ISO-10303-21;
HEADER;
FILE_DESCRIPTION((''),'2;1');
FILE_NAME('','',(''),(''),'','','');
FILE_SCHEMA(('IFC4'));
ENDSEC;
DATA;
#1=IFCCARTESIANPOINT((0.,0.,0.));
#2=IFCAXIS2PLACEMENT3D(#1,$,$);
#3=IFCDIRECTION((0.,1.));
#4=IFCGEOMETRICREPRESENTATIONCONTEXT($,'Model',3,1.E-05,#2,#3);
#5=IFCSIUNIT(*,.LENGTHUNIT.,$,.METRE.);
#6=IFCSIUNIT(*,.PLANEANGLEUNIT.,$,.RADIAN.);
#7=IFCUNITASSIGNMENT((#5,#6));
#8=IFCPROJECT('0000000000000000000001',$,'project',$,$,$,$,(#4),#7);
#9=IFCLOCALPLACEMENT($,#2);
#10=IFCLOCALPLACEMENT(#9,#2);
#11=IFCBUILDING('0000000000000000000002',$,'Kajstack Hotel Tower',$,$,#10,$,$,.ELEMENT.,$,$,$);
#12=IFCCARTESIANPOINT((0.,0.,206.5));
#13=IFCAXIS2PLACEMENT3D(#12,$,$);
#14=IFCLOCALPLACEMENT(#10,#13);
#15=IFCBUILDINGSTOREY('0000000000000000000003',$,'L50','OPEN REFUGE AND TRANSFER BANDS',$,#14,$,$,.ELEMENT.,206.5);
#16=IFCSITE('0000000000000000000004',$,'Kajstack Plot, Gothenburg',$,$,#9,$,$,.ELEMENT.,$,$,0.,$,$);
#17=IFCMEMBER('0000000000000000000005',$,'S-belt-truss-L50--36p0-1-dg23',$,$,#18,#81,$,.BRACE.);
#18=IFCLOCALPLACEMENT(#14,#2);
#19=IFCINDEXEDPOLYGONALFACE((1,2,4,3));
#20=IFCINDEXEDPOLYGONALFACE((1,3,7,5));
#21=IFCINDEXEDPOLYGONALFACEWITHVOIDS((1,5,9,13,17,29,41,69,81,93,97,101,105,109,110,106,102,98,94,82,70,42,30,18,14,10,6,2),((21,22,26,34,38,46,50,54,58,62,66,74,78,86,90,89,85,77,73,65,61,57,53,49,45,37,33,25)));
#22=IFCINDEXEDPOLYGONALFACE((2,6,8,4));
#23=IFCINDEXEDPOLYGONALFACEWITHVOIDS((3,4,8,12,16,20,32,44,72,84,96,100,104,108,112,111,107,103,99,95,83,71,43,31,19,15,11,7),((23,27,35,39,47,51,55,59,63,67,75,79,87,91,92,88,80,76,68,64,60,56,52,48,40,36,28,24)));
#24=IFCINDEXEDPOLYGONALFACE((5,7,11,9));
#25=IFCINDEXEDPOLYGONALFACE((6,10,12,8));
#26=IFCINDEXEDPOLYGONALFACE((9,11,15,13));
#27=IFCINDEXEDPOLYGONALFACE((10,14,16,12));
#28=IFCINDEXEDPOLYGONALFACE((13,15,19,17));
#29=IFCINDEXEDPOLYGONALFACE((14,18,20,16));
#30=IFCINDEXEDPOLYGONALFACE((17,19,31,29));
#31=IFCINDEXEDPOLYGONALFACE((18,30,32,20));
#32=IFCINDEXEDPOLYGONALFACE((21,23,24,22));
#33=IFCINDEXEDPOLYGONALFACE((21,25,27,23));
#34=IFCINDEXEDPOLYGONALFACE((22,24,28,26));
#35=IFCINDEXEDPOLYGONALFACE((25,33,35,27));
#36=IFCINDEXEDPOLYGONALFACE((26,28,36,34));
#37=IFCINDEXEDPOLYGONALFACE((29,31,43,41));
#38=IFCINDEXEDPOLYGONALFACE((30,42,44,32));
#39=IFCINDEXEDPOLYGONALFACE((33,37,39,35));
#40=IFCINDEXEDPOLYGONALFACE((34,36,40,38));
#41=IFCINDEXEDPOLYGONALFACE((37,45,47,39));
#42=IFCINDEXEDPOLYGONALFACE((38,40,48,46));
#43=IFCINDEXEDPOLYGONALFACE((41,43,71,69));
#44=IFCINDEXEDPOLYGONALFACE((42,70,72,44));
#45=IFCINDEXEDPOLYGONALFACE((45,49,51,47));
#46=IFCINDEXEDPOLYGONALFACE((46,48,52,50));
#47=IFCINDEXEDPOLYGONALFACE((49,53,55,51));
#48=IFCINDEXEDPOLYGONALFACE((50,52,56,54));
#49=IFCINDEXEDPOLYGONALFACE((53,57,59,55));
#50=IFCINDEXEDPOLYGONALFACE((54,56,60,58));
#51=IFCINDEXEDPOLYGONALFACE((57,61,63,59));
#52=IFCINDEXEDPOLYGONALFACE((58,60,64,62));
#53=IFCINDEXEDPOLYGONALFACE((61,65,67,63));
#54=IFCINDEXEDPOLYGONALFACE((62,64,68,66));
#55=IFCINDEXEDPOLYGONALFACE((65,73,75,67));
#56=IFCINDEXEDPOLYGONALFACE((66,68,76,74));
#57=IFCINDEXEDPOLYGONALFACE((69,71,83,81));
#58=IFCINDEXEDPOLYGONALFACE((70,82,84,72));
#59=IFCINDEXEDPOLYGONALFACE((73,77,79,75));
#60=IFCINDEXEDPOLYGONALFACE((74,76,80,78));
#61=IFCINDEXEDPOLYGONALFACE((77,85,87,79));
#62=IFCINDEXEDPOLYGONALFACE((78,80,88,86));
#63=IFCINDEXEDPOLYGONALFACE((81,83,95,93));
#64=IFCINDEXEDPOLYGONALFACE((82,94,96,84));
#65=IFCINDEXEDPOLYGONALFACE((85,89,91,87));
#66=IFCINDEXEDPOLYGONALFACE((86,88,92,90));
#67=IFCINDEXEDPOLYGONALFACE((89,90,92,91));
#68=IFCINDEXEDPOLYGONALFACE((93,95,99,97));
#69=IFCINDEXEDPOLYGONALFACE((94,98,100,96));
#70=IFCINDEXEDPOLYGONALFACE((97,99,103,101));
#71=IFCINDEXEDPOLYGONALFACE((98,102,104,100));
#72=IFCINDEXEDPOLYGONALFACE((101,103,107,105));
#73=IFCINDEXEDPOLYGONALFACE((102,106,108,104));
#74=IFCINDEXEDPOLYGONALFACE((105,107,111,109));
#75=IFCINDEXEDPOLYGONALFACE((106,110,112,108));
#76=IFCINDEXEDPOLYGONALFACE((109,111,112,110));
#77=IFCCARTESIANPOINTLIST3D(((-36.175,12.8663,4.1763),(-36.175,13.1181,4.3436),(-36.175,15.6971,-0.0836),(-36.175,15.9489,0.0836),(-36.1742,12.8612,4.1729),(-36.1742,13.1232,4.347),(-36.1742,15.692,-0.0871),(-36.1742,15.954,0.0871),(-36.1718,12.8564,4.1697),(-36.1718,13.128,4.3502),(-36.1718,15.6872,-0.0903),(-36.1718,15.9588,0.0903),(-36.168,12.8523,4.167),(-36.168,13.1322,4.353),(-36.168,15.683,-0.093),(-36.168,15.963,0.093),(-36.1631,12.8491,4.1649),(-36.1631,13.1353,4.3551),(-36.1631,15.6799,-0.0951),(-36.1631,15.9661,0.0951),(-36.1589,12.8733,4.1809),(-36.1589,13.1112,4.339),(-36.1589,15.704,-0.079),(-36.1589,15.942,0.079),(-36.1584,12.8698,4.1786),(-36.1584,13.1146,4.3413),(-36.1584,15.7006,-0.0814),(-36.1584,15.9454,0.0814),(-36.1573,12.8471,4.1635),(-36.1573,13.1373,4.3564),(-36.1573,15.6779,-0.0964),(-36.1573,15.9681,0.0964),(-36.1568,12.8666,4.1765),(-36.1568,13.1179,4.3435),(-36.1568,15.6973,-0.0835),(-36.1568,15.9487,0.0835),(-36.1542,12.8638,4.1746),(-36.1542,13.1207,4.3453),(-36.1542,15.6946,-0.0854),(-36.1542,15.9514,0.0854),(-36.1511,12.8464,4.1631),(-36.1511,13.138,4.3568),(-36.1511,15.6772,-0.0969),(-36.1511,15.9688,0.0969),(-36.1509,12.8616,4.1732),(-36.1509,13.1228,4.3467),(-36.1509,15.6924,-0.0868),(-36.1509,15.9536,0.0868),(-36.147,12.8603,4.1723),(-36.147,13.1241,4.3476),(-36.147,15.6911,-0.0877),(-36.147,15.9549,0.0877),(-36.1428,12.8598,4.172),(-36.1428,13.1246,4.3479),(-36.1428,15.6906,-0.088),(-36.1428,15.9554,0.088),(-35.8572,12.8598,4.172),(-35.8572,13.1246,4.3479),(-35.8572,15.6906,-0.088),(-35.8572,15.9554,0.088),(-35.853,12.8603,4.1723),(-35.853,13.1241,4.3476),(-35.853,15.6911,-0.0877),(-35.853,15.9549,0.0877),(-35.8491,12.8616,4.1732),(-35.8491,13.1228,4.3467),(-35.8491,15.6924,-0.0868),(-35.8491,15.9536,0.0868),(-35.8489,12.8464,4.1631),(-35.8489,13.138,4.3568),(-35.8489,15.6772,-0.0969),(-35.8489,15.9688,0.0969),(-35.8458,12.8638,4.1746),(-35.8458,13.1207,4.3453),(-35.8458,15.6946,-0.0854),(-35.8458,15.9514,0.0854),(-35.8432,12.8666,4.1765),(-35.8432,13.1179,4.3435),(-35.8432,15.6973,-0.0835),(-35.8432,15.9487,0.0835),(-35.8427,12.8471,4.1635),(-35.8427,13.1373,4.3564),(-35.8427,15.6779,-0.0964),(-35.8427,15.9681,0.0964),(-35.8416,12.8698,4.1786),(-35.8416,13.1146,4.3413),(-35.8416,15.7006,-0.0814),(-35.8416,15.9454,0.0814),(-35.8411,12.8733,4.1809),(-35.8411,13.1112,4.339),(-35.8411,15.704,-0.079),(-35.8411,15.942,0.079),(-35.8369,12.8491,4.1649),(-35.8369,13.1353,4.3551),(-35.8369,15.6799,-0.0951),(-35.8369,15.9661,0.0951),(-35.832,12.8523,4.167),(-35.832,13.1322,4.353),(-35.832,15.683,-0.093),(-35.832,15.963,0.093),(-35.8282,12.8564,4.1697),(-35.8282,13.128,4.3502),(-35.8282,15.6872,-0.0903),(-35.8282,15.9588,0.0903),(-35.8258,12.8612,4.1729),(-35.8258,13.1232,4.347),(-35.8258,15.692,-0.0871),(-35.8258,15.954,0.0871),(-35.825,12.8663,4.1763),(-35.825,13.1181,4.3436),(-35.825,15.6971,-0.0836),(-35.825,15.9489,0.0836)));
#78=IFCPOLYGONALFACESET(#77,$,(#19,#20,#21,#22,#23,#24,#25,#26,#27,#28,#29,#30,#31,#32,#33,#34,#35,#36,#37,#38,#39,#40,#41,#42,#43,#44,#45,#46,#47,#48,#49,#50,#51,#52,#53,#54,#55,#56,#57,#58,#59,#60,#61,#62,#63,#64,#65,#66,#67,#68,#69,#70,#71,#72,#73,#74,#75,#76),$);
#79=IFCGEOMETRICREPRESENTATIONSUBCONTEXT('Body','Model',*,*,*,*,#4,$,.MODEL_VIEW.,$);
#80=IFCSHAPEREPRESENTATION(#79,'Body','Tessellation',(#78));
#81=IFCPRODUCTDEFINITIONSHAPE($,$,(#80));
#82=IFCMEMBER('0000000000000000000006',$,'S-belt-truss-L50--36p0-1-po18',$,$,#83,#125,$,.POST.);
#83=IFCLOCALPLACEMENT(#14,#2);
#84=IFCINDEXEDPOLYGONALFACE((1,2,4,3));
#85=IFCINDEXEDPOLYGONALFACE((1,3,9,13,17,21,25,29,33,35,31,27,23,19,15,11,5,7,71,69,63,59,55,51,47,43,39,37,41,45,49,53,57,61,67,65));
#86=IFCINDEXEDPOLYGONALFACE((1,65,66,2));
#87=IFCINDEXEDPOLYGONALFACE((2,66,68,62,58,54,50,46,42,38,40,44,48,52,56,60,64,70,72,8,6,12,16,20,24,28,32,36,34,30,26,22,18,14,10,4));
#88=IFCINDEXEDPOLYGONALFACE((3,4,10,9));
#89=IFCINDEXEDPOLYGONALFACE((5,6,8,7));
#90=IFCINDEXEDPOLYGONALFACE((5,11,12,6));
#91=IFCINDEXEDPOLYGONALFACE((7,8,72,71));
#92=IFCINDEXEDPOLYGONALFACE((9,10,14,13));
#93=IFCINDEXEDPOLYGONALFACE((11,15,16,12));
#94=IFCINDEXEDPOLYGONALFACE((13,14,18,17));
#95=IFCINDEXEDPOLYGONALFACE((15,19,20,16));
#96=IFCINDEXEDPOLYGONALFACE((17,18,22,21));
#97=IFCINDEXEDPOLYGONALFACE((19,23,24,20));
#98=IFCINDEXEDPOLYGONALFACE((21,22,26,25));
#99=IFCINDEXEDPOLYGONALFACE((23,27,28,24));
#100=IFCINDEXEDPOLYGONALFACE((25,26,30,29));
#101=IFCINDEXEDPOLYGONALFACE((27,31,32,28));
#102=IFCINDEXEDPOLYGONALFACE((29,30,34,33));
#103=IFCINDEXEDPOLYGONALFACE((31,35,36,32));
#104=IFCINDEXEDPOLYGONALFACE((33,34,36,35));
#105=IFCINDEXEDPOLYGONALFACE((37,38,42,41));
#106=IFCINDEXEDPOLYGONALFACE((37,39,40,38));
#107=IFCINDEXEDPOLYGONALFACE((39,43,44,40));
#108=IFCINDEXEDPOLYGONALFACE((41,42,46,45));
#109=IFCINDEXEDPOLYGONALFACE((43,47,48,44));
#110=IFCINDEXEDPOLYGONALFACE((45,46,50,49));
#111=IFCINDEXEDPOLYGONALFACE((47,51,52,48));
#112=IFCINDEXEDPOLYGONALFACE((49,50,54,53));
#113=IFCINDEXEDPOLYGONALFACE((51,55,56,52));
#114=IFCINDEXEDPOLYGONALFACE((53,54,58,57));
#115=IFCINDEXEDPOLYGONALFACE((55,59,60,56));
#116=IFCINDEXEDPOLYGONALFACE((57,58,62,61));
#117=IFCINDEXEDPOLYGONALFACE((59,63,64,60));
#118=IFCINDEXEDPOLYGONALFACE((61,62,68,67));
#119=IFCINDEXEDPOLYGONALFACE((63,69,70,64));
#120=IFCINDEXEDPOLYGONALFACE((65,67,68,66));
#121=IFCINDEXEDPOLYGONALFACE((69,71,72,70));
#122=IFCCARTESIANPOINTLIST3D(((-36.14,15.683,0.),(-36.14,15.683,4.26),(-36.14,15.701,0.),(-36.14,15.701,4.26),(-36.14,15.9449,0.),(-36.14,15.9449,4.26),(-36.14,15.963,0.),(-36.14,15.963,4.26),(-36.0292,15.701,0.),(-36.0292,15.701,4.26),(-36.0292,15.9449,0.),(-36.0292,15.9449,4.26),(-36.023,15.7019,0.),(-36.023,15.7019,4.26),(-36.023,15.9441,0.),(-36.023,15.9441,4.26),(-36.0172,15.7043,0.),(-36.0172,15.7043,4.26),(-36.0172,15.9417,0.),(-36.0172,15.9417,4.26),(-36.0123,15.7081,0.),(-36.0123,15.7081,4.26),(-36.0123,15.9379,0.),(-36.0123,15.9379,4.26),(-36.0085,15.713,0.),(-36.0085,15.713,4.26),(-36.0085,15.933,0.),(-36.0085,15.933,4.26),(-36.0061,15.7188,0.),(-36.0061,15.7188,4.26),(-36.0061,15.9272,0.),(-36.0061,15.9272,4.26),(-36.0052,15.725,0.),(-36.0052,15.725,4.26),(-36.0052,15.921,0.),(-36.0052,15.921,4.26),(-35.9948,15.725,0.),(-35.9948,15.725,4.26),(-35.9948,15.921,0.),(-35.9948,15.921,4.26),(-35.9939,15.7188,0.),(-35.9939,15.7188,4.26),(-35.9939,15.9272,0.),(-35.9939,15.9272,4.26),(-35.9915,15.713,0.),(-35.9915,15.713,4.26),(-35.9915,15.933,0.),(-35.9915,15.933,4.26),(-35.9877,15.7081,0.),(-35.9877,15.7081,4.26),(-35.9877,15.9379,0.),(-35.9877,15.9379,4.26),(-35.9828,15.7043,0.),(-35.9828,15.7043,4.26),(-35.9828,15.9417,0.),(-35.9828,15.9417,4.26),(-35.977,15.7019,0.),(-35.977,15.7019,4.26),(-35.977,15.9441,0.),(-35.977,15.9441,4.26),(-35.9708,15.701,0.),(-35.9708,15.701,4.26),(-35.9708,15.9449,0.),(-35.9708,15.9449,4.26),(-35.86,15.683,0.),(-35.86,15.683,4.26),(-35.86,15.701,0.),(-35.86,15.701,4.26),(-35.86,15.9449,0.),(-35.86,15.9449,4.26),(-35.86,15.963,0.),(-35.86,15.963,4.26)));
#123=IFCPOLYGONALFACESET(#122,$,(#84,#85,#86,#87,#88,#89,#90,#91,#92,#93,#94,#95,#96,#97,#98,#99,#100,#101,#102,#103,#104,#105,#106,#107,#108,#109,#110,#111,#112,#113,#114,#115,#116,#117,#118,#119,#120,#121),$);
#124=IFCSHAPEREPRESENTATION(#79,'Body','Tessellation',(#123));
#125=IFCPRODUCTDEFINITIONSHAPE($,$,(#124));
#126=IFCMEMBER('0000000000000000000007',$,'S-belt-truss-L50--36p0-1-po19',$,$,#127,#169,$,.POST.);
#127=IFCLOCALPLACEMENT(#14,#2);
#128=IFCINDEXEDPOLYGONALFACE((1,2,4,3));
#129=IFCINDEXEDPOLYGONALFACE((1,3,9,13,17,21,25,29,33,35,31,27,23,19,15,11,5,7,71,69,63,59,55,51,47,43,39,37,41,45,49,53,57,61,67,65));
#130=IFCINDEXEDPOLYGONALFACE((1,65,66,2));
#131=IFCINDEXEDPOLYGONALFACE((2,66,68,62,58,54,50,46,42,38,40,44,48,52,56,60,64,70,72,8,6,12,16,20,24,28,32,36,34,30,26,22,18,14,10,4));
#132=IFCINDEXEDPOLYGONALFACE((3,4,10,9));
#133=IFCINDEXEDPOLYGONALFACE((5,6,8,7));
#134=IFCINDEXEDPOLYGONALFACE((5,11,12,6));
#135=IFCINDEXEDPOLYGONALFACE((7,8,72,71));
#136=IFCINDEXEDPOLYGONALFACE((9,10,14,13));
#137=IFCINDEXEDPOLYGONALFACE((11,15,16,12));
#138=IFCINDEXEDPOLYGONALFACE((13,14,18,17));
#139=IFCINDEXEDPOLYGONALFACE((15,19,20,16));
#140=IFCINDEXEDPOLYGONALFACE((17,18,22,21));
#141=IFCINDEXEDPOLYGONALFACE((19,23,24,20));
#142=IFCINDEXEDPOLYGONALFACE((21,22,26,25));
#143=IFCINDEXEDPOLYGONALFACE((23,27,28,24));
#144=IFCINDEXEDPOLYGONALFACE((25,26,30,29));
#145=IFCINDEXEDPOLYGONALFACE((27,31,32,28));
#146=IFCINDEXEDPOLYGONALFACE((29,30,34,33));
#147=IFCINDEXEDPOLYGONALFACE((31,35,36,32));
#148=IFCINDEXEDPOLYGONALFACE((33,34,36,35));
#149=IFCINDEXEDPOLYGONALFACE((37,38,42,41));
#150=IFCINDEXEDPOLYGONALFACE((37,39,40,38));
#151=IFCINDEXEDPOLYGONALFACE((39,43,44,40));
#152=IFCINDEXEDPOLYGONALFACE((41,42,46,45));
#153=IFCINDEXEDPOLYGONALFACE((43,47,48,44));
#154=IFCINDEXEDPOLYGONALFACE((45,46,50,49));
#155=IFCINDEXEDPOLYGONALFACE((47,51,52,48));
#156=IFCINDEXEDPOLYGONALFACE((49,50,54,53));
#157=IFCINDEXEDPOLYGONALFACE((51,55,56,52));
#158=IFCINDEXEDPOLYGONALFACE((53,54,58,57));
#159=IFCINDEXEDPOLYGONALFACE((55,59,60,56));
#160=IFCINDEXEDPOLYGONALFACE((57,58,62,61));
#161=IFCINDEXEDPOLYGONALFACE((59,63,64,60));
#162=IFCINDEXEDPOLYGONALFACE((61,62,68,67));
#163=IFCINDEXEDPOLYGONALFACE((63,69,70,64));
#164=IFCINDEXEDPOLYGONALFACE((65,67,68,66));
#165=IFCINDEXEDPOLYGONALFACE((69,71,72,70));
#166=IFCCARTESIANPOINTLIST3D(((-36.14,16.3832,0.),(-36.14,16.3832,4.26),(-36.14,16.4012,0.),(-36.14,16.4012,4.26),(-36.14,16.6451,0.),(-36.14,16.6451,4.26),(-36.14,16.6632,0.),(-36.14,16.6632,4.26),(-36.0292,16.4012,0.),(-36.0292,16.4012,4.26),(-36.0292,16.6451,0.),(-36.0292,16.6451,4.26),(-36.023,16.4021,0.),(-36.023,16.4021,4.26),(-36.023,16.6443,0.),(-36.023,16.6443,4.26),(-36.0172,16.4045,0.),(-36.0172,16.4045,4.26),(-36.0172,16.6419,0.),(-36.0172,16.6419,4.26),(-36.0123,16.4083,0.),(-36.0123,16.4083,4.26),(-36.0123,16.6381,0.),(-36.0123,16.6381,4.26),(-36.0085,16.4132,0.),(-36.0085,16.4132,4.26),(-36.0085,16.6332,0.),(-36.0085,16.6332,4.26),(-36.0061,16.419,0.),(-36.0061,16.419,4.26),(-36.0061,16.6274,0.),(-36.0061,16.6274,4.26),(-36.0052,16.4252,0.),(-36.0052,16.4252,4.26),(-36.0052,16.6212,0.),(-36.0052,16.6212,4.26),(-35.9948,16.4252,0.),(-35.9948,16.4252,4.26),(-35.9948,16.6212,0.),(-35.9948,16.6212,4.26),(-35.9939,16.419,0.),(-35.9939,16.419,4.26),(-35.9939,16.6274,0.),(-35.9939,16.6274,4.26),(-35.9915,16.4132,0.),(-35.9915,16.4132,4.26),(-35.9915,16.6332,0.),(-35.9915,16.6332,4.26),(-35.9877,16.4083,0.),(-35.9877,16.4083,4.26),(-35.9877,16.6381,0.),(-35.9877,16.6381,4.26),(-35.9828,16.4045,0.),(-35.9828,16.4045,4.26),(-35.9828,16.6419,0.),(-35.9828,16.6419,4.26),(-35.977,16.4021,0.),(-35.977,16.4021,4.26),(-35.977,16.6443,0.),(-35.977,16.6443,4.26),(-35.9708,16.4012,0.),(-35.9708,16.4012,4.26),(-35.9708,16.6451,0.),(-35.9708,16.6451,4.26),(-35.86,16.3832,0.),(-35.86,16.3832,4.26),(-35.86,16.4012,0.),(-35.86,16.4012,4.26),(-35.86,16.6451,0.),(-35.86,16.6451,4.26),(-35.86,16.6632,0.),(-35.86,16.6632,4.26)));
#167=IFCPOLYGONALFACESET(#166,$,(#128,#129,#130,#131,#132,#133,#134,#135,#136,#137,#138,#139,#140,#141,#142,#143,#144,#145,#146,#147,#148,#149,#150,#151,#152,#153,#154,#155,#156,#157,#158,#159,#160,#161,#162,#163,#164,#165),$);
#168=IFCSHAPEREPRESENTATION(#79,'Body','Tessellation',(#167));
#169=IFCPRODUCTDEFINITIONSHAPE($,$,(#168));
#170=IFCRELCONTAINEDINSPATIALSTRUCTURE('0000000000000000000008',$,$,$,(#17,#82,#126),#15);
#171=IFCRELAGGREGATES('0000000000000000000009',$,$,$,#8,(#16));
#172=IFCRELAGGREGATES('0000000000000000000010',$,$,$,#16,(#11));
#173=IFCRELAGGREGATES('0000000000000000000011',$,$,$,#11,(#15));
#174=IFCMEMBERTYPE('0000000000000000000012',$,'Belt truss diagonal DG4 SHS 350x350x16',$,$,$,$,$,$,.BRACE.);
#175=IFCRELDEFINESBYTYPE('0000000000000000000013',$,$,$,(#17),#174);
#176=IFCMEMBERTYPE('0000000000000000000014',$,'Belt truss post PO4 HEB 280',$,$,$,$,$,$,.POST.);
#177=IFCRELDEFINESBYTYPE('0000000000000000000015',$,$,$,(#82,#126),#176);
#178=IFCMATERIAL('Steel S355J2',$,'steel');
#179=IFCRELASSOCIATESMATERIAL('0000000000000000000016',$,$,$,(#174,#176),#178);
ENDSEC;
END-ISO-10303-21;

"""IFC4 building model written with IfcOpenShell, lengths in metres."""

from ifc_helpers import new_model, si_unit, direction, frame, origin, origin_2d, place, context, subcontext, project, spatial, hollow_rectangle, i_section, extrude, material, material_profile, profile_set, type_object, element, save


model = new_model("IFC4")

# Units and contexts
model_context = context("Model", 3, precision=1e-05, world=origin(), true_north=direction((0.0, 1.0)))
body_context = subcontext(model_context, "Body", "Model", "MODEL_VIEW")
ifc_project = project(units=[si_unit("LENGTHUNIT", "METRE"), si_unit("PLANEANGLEUNIT", "RADIAN")], contexts=[model_context])

# Site, building, storey
site_placement = place(None, origin())
site = spatial("IfcSite", under=ifc_project, at=site_placement, Name="Kajstack Plot, Gothenburg", CompositionType="ELEMENT", RefElevation=0.0)
building_placement = place(site_placement, origin())
building = spatial("IfcBuilding", under=site, at=building_placement, Name="Kajstack Hotel Tower", CompositionType="ELEMENT")
storey_placement = place(building_placement, frame((0.0, 0.0, 206.5)))
storey = spatial("IfcBuildingStorey", under=building, at=storey_placement, Name="L50", Description="OPEN REFUGE AND TRANSFER BANDS", CompositionType="ELEMENT", Elevation=206.5)

# Members
ifc_material = material(Name="Steel S355J2", Category="steel")
ifc_material_profile_1 = material_profile(ifc_material, hollow_rectangle(XDim=0.3501, YDim=0.3501, WallThickness=0.0161, InnerFilletRadius=0.0161, OuterFilletRadius=0.0239, at=origin_2d()), Name="SHS 350x350x16")
ifc_profile_set_1 = profile_set([ifc_material_profile_1], Name="Steel S355J2")
member_type_1 = type_object("IfcMemberType", Name="Belt truss diagonal DG4 SHS 350x350x16", PredefinedType="BRACE", material=ifc_profile_set_1)
member_1_placement = place(storey_placement, frame((-36.0, 15.823, 0.0), z_axis=(0.0, -0.553455, 0.832879), x_axis=(1.0, 0.0, 0.0)))
element("IfcMember", 1, at=member_1_placement, inside=storey, type_object=member_type_1, Name="S-belt-truss-L50--36p0-1-dg23", PredefinedType="BRACE", context=body_context, shape_type="SweptSolid", body=[
    extrude(hollow_rectangle(XDim=0.3501, YDim=0.3501, WallThickness=0.0161, InnerFilletRadius=0.0161, OuterFilletRadius=0.0239, at=origin_2d()), origin(), (0.0, 0.0, 1.0), 5.1147),
])
ifc_material_profile_2 = material_profile(ifc_material, i_section(OverallWidth=0.28, OverallDepth=0.28, WebThickness=0.0105, FlangeThickness=0.0181, FilletRadius=0.0239, at=origin_2d()), Name="HEB 280")
ifc_profile_set_2 = profile_set([ifc_material_profile_2], Name="Steel S355J2")
member_type_2 = type_object("IfcMemberType", Name="Belt truss post PO4 HEB 280", PredefinedType="POST", material=ifc_profile_set_2)
for number, where, z_axis, x_axis, name in (
    (2, (-36.0, 15.823, 0.0), (0.0, 0.0, 1.0), (1.0, 0.0, 0.0), "S-belt-truss-L50--36p0-1-po18"),
    (3, (-36.0, 16.5232, 0.0), (0.0, 0.0, 1.0), (1.0, 0.0, 0.0), "S-belt-truss-L50--36p0-1-po19"),
):
    element("IfcMember", number, at=place(storey_placement, frame(where, z_axis=z_axis, x_axis=x_axis)), inside=storey, type_object=member_type_2, Name=name, PredefinedType="POST", context=body_context, shape_type="SweptSolid", body=[
        extrude(i_section(OverallWidth=0.28, OverallDepth=0.28, WebThickness=0.0105, FlangeThickness=0.0181, FilletRadius=0.0239, at=origin_2d()), origin(), (0.0, 0.0, 1.0), 4.26),
    ])

save(model, "model.ifc")
